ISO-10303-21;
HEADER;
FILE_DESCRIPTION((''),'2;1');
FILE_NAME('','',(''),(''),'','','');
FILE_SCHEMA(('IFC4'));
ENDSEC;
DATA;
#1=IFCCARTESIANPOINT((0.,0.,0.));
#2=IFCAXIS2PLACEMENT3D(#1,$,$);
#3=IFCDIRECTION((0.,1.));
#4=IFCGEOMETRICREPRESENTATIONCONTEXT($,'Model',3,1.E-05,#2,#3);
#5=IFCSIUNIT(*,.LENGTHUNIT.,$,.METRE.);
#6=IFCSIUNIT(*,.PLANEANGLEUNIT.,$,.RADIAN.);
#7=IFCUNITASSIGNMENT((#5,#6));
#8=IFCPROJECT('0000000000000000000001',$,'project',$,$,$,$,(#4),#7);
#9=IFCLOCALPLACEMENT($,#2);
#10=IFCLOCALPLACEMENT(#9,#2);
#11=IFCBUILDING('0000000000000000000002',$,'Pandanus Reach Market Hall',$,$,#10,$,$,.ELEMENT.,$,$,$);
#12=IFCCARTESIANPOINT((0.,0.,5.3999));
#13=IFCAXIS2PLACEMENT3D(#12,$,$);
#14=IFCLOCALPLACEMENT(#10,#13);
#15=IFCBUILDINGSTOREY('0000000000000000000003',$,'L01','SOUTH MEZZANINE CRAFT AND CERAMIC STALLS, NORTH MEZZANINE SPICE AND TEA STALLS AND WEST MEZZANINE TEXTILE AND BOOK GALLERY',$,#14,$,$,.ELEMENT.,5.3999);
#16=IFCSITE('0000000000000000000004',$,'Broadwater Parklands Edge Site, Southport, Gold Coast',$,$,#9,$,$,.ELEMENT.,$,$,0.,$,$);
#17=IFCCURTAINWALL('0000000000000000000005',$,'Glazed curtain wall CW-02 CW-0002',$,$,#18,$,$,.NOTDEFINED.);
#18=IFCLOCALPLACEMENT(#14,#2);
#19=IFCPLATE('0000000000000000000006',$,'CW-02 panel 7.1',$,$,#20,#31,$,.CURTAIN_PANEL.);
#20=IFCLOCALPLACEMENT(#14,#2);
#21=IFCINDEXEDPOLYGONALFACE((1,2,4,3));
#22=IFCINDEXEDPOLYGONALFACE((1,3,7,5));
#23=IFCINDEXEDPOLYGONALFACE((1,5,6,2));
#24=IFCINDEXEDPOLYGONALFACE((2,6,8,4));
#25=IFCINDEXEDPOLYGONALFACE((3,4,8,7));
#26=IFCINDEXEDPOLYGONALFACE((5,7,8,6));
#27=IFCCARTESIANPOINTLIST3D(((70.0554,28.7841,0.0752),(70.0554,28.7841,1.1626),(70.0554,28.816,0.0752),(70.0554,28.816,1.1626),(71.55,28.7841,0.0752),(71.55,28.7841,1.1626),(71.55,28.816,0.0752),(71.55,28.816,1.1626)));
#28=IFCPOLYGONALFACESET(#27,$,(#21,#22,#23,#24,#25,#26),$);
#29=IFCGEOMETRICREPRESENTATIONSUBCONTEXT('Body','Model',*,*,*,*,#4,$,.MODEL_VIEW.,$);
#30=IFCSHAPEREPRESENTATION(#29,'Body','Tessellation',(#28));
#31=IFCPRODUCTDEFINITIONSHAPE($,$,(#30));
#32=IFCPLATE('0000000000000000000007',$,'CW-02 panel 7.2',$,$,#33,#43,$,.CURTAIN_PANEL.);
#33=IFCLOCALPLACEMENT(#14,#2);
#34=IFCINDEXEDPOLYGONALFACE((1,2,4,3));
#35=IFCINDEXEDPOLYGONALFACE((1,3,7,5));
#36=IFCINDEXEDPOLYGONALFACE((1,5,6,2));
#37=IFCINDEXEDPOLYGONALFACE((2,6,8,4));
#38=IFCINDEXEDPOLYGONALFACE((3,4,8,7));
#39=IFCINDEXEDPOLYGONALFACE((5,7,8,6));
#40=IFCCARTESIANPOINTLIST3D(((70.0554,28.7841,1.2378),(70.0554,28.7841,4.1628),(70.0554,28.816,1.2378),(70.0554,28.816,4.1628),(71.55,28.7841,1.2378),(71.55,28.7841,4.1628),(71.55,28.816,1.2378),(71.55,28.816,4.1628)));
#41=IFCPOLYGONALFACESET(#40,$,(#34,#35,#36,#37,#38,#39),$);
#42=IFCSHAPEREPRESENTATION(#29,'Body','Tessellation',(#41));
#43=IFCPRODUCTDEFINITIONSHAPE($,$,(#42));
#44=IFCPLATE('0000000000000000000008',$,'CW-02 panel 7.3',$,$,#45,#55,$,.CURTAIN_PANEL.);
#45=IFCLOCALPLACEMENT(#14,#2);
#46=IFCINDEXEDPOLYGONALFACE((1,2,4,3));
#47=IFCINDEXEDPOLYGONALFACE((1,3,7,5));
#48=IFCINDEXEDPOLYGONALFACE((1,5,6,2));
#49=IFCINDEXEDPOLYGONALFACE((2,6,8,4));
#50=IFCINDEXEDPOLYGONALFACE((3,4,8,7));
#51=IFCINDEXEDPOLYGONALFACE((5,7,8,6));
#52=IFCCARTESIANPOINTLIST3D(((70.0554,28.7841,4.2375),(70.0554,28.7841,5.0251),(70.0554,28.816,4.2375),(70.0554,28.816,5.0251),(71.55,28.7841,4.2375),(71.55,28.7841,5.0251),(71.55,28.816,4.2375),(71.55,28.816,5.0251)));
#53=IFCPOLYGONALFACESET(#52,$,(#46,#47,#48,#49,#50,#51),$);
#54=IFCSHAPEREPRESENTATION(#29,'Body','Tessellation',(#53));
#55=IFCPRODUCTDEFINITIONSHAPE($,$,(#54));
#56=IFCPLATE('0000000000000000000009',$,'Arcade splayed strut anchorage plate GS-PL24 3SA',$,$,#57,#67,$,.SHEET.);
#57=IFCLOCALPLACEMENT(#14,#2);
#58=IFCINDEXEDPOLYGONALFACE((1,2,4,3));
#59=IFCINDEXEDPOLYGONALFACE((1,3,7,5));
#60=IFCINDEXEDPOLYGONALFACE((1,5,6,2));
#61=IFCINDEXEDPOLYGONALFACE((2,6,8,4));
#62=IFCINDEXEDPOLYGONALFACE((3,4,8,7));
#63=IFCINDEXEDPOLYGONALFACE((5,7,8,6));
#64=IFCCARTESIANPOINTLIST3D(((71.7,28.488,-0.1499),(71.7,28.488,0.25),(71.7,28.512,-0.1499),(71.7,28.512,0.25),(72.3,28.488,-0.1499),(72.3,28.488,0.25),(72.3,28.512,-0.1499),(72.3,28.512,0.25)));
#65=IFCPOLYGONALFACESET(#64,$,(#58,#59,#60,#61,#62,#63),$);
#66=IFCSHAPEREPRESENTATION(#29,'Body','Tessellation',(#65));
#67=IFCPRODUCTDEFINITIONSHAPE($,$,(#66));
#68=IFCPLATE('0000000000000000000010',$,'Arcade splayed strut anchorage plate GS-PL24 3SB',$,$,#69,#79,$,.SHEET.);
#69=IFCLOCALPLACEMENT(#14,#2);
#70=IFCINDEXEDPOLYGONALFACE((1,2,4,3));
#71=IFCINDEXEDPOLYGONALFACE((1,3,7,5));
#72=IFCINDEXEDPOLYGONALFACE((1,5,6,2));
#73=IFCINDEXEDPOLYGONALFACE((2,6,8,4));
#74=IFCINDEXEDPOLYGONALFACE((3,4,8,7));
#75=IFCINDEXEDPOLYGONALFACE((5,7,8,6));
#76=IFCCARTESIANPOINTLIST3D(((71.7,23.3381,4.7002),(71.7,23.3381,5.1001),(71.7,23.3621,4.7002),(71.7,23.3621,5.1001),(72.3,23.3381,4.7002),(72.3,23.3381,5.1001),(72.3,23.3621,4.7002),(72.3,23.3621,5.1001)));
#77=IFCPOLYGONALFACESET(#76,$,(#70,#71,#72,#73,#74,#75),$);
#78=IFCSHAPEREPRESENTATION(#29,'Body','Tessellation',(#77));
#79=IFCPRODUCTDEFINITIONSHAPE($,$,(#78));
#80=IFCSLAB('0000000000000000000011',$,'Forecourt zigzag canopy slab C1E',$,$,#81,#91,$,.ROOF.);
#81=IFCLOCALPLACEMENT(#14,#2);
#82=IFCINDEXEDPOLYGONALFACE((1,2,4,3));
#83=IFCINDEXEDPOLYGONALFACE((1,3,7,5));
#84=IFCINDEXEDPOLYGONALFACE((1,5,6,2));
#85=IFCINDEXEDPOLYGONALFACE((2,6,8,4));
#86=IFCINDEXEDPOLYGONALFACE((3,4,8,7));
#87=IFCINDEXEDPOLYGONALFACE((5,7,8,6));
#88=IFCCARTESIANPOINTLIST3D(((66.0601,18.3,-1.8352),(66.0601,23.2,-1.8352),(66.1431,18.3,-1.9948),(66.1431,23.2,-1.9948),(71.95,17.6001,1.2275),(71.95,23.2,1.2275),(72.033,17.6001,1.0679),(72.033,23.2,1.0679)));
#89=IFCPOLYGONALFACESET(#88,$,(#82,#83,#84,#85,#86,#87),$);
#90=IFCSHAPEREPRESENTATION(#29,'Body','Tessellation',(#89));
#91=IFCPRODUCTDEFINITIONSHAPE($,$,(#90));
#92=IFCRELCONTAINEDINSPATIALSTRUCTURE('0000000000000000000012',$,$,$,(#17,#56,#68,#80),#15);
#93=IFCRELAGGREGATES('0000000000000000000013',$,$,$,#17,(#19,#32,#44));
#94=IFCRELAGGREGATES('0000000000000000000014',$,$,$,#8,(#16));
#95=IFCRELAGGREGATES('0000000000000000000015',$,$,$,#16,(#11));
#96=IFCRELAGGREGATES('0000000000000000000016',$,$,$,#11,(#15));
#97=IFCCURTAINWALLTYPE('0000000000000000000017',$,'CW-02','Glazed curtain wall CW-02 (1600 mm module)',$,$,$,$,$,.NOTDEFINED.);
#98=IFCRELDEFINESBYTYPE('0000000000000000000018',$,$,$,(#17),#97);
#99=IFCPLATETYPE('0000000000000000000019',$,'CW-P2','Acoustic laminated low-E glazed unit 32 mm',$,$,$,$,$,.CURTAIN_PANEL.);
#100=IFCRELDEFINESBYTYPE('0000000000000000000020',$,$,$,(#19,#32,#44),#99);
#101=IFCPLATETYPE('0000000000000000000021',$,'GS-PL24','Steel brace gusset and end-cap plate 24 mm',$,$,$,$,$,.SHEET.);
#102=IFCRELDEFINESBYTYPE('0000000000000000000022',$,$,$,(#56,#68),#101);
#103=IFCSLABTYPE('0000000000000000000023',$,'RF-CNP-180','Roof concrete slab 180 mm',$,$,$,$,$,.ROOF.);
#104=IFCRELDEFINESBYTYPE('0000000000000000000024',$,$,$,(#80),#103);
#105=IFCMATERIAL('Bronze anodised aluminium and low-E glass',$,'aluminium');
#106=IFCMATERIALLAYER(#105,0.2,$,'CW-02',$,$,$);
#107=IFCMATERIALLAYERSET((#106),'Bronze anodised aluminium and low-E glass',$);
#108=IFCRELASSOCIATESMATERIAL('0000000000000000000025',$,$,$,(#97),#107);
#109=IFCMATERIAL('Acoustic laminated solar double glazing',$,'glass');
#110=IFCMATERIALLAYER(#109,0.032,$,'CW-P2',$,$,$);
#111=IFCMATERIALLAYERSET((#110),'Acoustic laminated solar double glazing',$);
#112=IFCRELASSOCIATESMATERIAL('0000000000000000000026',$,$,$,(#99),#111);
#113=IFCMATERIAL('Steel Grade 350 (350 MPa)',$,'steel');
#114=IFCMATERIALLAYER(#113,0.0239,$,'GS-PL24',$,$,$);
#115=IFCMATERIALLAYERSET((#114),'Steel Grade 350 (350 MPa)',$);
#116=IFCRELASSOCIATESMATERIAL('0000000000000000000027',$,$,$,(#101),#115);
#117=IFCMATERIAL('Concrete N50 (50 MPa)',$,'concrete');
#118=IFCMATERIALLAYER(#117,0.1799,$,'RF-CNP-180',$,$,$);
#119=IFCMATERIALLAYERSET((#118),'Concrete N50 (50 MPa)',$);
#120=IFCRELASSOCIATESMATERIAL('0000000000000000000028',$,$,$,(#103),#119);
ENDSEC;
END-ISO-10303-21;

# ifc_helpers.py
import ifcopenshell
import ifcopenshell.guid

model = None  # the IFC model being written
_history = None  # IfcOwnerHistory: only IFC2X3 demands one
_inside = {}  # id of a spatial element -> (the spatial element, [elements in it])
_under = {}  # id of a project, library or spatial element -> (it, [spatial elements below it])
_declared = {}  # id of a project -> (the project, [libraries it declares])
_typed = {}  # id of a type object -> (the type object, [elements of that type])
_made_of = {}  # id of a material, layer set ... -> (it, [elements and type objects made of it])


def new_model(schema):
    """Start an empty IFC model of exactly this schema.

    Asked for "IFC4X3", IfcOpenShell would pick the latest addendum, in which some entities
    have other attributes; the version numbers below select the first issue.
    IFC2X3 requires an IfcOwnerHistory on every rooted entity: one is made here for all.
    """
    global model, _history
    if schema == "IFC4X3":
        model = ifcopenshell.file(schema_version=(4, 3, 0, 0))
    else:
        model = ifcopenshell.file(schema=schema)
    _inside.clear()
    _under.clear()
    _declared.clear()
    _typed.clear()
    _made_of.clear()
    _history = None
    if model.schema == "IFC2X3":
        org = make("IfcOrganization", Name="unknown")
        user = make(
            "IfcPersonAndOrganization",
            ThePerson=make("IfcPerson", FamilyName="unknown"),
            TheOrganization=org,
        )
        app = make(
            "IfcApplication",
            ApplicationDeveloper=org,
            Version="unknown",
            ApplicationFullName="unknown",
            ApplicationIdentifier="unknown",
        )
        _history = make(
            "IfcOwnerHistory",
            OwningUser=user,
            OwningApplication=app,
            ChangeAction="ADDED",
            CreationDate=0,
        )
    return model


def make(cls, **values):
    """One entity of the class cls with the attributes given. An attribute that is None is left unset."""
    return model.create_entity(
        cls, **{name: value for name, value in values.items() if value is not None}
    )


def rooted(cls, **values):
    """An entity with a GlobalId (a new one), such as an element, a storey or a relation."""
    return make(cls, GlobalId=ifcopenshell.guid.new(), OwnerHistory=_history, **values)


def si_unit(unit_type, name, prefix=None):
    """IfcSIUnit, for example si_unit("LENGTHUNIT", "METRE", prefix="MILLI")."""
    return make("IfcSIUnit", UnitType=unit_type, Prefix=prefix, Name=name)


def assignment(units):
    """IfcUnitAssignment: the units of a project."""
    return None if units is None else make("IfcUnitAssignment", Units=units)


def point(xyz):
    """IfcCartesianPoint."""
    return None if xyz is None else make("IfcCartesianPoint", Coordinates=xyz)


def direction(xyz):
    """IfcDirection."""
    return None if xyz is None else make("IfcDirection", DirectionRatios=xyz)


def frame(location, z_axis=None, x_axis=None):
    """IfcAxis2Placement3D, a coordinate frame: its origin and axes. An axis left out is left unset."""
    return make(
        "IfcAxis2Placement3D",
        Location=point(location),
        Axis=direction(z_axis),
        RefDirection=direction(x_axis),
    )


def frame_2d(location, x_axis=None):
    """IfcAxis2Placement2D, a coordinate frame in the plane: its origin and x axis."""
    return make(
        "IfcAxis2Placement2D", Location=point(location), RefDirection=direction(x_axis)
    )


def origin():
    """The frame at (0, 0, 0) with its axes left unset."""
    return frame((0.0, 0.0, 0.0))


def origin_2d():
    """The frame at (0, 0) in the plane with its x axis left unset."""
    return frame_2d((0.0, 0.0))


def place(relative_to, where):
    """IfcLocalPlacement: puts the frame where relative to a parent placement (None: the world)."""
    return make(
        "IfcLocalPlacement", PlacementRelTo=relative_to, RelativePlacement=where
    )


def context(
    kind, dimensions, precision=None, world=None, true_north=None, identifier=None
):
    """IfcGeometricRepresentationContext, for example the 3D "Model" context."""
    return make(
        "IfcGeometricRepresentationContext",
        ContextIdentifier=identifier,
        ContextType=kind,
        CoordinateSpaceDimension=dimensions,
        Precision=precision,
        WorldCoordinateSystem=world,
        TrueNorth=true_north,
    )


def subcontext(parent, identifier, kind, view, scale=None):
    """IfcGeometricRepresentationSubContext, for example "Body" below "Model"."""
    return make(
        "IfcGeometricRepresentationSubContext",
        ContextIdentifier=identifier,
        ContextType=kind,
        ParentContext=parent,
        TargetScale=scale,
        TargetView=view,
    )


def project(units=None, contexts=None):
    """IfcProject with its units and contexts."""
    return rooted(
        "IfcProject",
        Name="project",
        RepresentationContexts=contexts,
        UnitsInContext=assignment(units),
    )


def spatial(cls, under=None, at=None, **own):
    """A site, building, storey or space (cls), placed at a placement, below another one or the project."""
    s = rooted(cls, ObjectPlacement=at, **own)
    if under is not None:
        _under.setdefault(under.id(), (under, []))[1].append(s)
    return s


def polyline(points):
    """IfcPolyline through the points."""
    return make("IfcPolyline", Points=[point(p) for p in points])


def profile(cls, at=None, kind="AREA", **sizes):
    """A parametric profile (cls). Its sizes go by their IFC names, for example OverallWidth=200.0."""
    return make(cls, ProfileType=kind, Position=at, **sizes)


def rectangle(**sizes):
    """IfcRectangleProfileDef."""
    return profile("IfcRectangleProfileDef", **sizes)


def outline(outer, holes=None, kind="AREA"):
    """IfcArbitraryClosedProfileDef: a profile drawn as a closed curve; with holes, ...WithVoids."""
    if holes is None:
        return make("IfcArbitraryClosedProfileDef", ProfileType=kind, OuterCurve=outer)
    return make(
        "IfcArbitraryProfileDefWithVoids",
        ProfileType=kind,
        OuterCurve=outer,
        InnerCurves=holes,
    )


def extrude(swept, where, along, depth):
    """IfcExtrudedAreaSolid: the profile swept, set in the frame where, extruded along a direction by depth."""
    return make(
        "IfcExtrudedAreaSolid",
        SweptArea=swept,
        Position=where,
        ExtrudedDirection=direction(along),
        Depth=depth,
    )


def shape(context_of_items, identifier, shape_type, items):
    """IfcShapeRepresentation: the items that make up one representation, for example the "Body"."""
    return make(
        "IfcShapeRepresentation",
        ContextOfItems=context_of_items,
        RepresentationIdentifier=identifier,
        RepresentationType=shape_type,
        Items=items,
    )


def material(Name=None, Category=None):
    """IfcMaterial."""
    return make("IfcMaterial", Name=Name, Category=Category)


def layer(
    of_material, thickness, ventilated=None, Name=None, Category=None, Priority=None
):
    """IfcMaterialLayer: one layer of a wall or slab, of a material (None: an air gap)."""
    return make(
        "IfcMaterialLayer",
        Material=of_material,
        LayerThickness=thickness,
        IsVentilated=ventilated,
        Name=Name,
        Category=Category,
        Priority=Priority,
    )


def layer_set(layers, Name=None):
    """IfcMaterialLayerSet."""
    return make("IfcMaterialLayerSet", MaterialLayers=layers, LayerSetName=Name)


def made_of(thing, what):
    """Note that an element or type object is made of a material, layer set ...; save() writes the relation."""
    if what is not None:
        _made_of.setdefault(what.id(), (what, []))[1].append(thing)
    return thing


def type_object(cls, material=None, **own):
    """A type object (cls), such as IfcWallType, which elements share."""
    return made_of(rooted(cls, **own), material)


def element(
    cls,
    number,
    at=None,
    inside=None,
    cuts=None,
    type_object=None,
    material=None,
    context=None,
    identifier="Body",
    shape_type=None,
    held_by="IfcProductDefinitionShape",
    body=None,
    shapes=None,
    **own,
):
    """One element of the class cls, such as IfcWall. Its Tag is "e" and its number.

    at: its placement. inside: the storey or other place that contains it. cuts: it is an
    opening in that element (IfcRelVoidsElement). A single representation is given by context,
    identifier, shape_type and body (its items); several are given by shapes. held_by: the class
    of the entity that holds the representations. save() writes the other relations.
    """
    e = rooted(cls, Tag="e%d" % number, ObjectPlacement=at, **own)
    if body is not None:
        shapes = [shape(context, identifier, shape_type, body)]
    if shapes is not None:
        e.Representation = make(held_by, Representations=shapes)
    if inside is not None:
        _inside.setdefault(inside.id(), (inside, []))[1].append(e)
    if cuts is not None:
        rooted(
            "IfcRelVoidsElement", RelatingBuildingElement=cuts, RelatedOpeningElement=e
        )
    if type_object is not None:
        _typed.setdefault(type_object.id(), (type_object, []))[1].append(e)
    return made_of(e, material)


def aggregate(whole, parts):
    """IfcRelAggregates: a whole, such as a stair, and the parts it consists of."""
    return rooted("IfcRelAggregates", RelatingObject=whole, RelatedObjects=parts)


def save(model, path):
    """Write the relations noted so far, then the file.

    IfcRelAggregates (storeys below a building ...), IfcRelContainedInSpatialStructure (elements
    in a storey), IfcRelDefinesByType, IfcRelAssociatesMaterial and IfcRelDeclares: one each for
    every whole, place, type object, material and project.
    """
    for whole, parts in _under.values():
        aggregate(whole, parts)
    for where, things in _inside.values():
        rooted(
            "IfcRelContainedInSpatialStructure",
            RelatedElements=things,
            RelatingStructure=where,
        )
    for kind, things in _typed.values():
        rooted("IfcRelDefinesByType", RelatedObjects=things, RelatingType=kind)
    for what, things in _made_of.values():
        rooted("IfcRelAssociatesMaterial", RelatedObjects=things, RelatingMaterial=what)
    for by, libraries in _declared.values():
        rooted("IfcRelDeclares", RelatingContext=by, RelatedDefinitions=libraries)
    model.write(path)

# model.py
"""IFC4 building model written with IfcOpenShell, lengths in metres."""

from ifc_helpers import new_model, si_unit, direction, frame, origin, origin_2d, place, context, subcontext, project, spatial, polyline, rectangle, outline, extrude, material, layer, layer_set, type_object, element, aggregate, save


model = new_model("IFC4")

# Units and contexts
model_context = context("Model", 3, precision=1e-05, world=origin(), true_north=direction((0.0, 1.0)))
body_context = subcontext(model_context, "Body", "Model", "MODEL_VIEW")
ifc_project = project(units=[si_unit("LENGTHUNIT", "METRE"), si_unit("PLANEANGLEUNIT", "RADIAN")], contexts=[model_context])

# Site, building, storey
site_placement = place(None, origin())
site = spatial("IfcSite", under=ifc_project, at=site_placement, Name="Broadwater Parklands Edge Site, Southport, Gold Coast", CompositionType="ELEMENT", RefElevation=0.0)
building_placement = place(site_placement, origin())
building = spatial("IfcBuilding", under=site, at=building_placement, Name="Pandanus Reach Market Hall", CompositionType="ELEMENT")
storey_placement = place(building_placement, frame((0.0, 0.0, 5.3999)))
storey = spatial("IfcBuildingStorey", under=building, at=storey_placement, Name="L01", Description="SOUTH MEZZANINE CRAFT AND CERAMIC STALLS, NORTH MEZZANINE SPICE AND TEA STALLS AND WEST MEZZANINE TEXTILE AND BOOK GALLERY", CompositionType="ELEMENT", Elevation=5.3999)

# Shared definitions
ifc_material_1 = material(Name="Concrete N50 (50 MPa)", Category="concrete")

# Shared definitions
ifc_material_2 = material(Name="Steel Grade 350 (350 MPa)", Category="steel")

# Curtain wall
ifc_material_3 = material(Name="Bronze anodised aluminium and low-E glass", Category="aluminium")
ifc_layer_1 = layer(ifc_material_3, 0.2, Name="CW-02")
ifc_layer_set_1 = layer_set([ifc_layer_1], Name="Bronze anodised aluminium and low-E glass")
curtain_wall_type = type_object("IfcCurtainWallType", Name="CW-02", Description="Glazed curtain wall CW-02 (1600 mm module)", PredefinedType="NOTDEFINED", material=ifc_layer_set_1)
curtain_wall_placement = place(storey_placement, origin())
curtain_wall = element("IfcCurtainWall", 1, at=curtain_wall_placement, inside=storey, type_object=curtain_wall_type, Name="Glazed curtain wall CW-02 CW-0002", PredefinedType="NOTDEFINED")

# Plates
ifc_material_4 = material(Name="Acoustic laminated solar double glazing", Category="glass")
ifc_layer_2 = layer(ifc_material_4, 0.032, Name="CW-P2")
ifc_layer_set_2 = layer_set([ifc_layer_2], Name="Acoustic laminated solar double glazing")
plate_type_1 = type_object("IfcPlateType", Name="CW-P2", Description="Acoustic laminated low-E glazed unit 32 mm", PredefinedType="CURTAIN_PANEL", material=ifc_layer_set_2)
plate_1_placement = place(storey_placement, frame((70.8027, 28.8, 0.0752), z_axis=(0.0, 0.0, 1.0), x_axis=(1.0, 0.0, 0.0)))
plate_1 = element("IfcPlate", 2, at=plate_1_placement, type_object=plate_type_1, Name="CW-02 panel 7.1", PredefinedType="CURTAIN_PANEL", context=body_context, shape_type="SweptSolid", body=[
    extrude(rectangle(XDim=1.4946, YDim=0.032, at=origin_2d()), origin(), (0.0, 0.0, 1.0), 1.0874),
])
plate_2_placement = place(storey_placement, frame((70.8027, 28.8, 1.2378), z_axis=(0.0, 0.0, 1.0), x_axis=(1.0, 0.0, 0.0)))
plate_2 = element("IfcPlate", 3, at=plate_2_placement, type_object=plate_type_1, Name="CW-02 panel 7.2", PredefinedType="CURTAIN_PANEL", context=body_context, shape_type="SweptSolid", body=[
    extrude(rectangle(XDim=1.4946, YDim=0.032, at=origin_2d()), origin(), (0.0, 0.0, 1.0), 2.925),
])
plate_3_placement = place(storey_placement, frame((70.8027, 28.8, 4.2375), z_axis=(0.0, 0.0, 1.0), x_axis=(1.0, 0.0, 0.0)))
plate_3 = element("IfcPlate", 4, at=plate_3_placement, type_object=plate_type_1, Name="CW-02 panel 7.3", PredefinedType="CURTAIN_PANEL", context=body_context, shape_type="SweptSolid", body=[
    extrude(rectangle(XDim=1.4946, YDim=0.032, at=origin_2d()), origin(), (0.0, 0.0, 1.0), 0.7876),
])
aggregate(curtain_wall, [plate_1, plate_2, plate_3])

# Plates
ifc_layer_3 = layer(ifc_material_2, 0.0239, Name="GS-PL24")
ifc_layer_set_3 = layer_set([ifc_layer_3], Name="Steel Grade 350 (350 MPa)")
plate_type_2 = type_object("IfcPlateType", Name="GS-PL24", Description="Steel brace gusset and end-cap plate 24 mm", PredefinedType="SHEET", material=ifc_layer_set_3)
for number, where, z_axis, x_axis, name in (
    (5, (72.0, 28.5, -0.1499), (0.0, 0.0, 1.0), (1.0, 0.0, 0.0), "Arcade splayed strut anchorage plate GS-PL24 3SA"),
    (6, (72.0, 23.3501, 4.7002), (0.0, 0.0, 1.0), (1.0, 0.0, 0.0), "Arcade splayed strut anchorage plate GS-PL24 3SB"),
):
    element("IfcPlate", number, at=place(storey_placement, frame(where, z_axis=z_axis, x_axis=x_axis)), inside=storey, type_object=plate_type_2, Name=name, PredefinedType="SHEET", context=body_context, shape_type="SweptSolid", body=[
        extrude(rectangle(XDim=0.6001, YDim=0.0239, at=origin_2d()), origin(), (0.0, 0.0, 1.0), 0.3999),
    ])

# Slab
ifc_layer_4 = layer(ifc_material_1, 0.1799, Name="RF-CNP-180")
ifc_layer_set_4 = layer_set([ifc_layer_4], Name="Concrete N50 (50 MPa)")
slab_type = type_object("IfcSlabType", Name="RF-CNP-180", Description="Roof concrete slab 180 mm", PredefinedType="ROOF", material=ifc_layer_set_4)
slab_placement = place(storey_placement, frame((66.0601, 18.3, -1.8352), z_axis=(-0.461353, 0.0, 0.887217), x_axis=(0.882326, -0.104855, 0.45881)))
element("IfcSlab", 7, at=slab_placement, inside=storey, type_object=slab_type, Name="Forecourt zigzag canopy slab C1E", PredefinedType="ROOF", context=body_context, shape_type="SweptSolid", body=[
    extrude(outline(polyline([(0.0, 0.0), (6.6754, 0.0), (6.0882, 5.569), (-0.5138, 4.8729), (0.0, 0.0)])), origin(), (0.0, 0.0, -1.0), 0.1799),
])

save(model, "model.ifc")
